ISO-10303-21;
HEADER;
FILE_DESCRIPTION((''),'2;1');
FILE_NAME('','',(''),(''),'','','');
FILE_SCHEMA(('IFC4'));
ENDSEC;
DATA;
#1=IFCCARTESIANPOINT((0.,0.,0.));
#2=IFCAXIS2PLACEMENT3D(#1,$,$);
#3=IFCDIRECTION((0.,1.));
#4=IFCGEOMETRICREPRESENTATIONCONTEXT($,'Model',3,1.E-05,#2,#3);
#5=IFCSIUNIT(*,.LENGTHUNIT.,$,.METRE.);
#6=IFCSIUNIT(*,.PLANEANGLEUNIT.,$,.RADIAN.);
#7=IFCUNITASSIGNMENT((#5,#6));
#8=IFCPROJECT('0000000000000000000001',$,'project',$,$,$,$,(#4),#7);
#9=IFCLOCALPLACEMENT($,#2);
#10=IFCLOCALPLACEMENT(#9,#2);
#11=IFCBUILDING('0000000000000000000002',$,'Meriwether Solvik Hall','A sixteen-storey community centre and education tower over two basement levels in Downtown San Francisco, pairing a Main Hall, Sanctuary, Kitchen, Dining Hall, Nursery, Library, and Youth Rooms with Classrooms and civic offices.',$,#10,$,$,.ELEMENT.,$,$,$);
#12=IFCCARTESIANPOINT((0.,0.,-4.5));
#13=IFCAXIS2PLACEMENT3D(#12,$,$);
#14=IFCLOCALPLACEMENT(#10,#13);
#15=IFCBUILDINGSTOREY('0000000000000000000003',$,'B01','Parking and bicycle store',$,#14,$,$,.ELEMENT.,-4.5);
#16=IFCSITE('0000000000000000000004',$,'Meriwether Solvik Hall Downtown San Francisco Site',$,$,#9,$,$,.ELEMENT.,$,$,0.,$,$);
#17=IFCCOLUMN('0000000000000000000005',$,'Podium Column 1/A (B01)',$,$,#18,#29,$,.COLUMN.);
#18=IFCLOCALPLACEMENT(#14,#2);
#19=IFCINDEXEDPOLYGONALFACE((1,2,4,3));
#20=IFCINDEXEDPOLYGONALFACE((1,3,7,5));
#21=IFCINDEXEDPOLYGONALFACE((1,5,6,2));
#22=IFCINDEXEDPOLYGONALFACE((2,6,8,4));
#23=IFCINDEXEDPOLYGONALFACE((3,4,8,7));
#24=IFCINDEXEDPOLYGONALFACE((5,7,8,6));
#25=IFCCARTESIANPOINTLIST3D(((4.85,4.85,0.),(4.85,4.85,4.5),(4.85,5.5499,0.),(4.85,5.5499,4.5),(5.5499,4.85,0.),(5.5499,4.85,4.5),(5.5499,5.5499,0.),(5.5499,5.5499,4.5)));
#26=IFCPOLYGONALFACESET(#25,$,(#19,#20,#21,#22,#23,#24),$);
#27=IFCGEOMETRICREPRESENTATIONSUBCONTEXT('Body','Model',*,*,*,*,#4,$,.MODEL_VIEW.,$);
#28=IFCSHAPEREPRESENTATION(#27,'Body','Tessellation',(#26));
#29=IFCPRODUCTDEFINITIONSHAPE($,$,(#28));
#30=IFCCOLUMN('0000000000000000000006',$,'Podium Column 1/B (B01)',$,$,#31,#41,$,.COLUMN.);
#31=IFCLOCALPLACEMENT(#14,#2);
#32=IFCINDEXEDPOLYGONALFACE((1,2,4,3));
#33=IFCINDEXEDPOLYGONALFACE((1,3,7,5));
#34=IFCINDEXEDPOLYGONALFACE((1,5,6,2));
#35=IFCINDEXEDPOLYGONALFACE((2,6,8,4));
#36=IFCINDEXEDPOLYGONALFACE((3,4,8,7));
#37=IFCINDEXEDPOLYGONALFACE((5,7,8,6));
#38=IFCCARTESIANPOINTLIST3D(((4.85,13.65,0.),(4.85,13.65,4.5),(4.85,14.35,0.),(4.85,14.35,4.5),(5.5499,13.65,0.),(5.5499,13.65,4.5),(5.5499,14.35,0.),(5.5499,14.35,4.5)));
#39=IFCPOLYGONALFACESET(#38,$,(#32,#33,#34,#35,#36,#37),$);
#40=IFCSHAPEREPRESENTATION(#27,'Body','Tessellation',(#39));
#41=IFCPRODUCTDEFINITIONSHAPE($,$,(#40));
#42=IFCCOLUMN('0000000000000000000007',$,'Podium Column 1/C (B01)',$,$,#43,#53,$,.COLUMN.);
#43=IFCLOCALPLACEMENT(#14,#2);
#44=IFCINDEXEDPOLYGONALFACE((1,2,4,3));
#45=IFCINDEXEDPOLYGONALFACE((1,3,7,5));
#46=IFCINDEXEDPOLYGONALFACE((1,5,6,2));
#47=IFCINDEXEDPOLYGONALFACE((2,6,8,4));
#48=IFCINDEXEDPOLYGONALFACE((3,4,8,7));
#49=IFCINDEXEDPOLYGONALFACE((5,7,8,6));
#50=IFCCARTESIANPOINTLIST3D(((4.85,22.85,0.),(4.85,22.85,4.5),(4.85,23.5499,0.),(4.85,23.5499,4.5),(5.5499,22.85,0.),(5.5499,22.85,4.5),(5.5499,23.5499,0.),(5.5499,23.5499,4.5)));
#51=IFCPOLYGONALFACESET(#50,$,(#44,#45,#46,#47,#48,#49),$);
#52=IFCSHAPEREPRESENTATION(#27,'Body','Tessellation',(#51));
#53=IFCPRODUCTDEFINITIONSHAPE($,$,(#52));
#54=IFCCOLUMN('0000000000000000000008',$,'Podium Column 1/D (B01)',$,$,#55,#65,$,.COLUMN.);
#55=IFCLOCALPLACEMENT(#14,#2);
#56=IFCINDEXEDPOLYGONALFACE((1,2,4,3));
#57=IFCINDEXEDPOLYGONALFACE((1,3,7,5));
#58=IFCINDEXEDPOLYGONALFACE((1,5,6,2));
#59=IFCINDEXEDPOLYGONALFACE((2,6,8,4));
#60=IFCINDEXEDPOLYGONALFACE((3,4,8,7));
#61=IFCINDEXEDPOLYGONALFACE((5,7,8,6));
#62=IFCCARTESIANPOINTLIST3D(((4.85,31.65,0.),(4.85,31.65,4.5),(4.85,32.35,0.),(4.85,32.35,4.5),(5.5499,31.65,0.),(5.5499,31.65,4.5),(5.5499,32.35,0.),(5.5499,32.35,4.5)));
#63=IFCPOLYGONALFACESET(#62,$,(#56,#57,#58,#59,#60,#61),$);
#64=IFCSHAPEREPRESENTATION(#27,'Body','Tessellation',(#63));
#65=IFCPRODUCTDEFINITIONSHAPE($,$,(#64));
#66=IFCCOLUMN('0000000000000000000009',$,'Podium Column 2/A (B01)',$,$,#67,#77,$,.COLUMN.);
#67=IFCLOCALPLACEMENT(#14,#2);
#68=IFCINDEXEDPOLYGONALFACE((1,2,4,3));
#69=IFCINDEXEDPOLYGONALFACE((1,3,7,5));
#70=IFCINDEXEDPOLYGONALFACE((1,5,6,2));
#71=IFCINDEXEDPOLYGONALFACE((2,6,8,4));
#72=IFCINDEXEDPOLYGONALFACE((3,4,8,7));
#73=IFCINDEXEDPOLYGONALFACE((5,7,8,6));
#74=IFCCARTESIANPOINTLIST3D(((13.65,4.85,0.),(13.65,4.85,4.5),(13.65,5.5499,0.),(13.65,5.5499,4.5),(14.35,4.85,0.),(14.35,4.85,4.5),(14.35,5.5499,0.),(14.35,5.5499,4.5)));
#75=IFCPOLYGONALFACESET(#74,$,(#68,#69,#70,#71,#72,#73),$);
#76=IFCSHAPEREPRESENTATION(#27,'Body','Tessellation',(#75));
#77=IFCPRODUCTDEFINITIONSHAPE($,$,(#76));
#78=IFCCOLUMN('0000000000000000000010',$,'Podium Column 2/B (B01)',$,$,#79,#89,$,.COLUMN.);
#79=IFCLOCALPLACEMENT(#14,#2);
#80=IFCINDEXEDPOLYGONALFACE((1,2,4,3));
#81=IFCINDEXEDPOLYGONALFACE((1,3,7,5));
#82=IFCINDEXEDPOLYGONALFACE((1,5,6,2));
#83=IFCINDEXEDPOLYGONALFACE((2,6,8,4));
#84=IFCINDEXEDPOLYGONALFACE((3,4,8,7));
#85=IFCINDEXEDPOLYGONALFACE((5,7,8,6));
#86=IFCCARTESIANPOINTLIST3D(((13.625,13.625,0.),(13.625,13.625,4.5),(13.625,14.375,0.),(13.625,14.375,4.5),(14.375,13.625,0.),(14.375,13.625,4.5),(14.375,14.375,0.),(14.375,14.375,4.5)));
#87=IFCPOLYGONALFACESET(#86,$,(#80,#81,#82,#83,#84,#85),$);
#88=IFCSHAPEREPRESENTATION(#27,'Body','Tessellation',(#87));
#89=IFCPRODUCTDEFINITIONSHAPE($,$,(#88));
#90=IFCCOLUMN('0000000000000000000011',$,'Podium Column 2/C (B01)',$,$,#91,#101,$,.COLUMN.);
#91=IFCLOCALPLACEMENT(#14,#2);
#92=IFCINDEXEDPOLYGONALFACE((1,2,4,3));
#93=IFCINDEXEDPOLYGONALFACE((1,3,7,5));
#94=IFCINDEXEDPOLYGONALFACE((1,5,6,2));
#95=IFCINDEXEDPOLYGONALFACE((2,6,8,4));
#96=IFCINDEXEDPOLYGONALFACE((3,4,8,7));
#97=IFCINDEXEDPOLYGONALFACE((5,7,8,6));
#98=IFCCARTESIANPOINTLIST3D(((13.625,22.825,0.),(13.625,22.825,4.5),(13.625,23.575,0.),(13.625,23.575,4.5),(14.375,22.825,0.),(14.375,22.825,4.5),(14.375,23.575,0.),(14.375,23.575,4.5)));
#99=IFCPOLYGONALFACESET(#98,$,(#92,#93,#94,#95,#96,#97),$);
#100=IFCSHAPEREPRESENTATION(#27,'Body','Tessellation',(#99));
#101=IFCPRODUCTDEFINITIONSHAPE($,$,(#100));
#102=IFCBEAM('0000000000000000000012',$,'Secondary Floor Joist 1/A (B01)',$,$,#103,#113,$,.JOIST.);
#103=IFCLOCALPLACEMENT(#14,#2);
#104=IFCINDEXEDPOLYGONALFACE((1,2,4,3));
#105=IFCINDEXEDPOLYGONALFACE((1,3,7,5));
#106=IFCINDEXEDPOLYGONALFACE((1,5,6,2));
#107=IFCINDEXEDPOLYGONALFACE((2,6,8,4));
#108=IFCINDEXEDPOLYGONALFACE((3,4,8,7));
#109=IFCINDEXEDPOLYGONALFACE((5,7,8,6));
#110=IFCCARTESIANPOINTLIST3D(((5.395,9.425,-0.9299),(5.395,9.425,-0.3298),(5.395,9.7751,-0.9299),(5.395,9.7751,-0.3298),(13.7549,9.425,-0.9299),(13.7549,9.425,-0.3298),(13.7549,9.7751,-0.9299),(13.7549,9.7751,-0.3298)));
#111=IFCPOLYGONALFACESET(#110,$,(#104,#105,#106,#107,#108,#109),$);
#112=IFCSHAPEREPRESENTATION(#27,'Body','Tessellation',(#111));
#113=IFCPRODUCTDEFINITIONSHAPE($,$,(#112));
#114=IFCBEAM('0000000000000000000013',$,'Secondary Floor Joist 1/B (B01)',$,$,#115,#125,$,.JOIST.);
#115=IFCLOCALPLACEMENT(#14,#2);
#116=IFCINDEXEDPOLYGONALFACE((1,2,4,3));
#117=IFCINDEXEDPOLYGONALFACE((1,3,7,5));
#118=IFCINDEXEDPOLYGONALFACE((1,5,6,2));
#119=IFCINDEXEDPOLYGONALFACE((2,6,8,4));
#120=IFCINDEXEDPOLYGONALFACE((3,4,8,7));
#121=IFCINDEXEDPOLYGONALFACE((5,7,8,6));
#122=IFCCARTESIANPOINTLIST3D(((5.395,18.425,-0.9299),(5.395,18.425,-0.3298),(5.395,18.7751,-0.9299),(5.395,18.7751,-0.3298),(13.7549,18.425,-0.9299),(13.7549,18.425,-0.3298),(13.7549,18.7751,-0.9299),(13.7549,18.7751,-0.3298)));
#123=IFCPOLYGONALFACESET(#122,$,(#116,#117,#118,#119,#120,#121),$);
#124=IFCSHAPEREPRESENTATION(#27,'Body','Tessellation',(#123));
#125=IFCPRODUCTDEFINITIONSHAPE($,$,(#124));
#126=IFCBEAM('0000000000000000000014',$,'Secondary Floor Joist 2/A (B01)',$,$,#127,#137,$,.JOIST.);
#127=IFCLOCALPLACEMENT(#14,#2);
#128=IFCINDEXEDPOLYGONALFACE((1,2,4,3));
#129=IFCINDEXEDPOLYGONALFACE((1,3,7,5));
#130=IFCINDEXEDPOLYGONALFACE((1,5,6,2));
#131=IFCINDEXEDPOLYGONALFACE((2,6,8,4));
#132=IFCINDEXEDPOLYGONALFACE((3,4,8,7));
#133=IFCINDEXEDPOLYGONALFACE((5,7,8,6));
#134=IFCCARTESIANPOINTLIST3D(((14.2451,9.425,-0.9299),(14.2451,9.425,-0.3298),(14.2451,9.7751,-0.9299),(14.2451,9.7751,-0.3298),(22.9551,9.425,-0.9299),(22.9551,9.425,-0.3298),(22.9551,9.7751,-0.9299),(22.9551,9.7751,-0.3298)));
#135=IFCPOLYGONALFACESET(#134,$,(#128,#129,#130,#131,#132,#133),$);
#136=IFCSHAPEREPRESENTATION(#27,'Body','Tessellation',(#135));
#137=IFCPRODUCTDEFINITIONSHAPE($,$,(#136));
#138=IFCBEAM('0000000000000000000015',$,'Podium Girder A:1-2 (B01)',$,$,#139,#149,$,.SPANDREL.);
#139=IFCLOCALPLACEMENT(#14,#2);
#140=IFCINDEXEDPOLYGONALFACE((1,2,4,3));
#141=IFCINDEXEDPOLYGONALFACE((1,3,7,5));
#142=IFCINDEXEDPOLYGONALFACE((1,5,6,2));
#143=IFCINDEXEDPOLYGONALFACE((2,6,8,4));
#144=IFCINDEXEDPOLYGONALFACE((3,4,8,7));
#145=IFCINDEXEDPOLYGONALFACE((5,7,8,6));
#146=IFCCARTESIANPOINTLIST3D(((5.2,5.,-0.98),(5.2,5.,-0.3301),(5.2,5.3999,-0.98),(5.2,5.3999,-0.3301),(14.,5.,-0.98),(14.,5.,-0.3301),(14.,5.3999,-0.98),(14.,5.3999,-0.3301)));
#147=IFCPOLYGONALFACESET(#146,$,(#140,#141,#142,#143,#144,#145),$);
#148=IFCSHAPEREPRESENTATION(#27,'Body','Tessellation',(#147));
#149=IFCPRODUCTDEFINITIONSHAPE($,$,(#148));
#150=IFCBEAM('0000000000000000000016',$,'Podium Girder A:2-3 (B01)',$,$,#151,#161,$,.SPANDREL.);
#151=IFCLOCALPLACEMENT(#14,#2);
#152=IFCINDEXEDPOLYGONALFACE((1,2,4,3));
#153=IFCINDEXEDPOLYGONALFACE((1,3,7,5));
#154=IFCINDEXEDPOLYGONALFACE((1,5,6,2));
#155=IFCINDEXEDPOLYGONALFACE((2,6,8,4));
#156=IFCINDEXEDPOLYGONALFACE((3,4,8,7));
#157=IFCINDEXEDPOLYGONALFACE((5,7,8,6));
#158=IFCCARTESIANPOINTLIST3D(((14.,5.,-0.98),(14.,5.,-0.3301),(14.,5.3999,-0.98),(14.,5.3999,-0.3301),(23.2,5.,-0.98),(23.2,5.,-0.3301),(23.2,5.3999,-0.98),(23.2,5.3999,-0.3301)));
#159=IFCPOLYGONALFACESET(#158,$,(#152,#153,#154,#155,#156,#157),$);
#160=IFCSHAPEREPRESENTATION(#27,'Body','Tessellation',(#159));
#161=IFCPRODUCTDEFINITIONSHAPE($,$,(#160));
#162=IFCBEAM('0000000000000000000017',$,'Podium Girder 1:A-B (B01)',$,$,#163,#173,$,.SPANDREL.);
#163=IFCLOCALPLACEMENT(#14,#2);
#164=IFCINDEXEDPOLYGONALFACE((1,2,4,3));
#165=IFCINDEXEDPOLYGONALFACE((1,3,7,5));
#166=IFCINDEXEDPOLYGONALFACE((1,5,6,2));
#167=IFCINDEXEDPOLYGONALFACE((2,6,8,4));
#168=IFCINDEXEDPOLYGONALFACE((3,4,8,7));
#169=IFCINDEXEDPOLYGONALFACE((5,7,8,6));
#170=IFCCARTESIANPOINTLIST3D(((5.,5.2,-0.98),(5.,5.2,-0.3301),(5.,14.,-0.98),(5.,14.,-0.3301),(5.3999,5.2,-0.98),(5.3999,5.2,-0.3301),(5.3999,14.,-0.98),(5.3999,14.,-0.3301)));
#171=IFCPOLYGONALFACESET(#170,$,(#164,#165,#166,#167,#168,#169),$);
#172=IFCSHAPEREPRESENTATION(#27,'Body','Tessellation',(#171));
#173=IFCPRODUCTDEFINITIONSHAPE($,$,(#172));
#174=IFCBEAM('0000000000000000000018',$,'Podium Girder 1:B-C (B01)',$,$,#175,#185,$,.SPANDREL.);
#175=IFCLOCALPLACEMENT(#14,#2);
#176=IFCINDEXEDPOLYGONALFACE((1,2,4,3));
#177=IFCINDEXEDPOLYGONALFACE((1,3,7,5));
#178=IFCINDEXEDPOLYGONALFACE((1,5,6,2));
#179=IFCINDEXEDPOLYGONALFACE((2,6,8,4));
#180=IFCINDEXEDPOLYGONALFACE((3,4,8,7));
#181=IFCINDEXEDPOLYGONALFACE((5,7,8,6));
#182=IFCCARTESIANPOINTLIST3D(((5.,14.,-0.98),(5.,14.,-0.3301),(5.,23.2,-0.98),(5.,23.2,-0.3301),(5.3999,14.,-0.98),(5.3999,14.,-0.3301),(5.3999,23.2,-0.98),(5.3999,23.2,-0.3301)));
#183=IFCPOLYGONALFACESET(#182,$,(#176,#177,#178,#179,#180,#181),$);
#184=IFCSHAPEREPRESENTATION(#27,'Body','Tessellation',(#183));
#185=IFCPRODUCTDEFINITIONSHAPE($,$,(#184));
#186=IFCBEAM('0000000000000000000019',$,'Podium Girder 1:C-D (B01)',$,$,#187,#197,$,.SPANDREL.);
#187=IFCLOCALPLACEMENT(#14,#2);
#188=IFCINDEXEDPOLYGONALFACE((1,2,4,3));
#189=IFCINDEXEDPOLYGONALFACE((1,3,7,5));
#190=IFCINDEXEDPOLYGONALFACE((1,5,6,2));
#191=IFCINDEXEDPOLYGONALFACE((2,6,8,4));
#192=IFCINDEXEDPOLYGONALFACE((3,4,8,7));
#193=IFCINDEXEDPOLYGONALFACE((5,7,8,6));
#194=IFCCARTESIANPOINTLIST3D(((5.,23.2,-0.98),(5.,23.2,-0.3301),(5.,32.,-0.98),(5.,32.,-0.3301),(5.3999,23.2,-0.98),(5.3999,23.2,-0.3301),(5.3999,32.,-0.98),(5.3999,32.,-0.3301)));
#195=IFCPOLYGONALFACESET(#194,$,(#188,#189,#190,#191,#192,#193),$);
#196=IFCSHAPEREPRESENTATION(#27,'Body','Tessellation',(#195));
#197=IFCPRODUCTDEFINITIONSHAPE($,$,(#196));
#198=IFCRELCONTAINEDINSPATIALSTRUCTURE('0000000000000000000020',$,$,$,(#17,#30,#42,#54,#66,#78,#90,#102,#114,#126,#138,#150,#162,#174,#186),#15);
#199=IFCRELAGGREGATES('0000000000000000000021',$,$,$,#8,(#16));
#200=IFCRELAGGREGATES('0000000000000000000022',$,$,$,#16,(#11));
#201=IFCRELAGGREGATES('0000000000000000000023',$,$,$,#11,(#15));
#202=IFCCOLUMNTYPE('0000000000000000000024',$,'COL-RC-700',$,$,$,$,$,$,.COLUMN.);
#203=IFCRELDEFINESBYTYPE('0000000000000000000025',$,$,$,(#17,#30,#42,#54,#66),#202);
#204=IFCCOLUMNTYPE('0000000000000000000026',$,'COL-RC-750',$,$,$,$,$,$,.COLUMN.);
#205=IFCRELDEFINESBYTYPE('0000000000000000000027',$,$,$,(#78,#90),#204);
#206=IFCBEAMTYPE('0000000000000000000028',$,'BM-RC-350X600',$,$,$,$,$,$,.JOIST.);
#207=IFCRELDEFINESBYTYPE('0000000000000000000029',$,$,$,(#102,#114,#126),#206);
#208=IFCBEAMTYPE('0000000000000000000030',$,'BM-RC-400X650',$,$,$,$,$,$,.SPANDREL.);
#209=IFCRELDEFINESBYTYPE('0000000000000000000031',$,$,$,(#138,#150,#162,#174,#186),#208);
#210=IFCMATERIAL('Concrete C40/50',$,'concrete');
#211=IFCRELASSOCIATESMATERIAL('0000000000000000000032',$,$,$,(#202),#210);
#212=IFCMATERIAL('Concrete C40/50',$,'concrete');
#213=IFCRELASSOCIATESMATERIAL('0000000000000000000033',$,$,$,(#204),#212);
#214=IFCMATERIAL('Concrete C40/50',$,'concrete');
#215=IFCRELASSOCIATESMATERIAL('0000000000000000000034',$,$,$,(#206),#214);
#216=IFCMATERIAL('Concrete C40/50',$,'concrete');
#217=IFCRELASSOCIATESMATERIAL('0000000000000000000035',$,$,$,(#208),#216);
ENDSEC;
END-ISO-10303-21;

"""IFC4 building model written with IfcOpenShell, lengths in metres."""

from ifc_helpers import new_model, si_unit, direction, frame, origin, origin_2d, place, context, subcontext, project, spatial, rectangle, extrude, material, material_profile, profile_set, type_object, element, save


model = new_model("IFC4")

# Units and contexts
model_context = context("Model", 3, precision=1e-05, world=origin(), true_north=direction((0.0, 1.0)))
body_context = subcontext(model_context, "Body", "Model", "MODEL_VIEW")
ifc_project = project(units=[si_unit("LENGTHUNIT", "METRE"), si_unit("PLANEANGLEUNIT", "RADIAN")], contexts=[model_context])

# Site, building, storey
site_placement = place(None, origin())
site = spatial("IfcSite", under=ifc_project, at=site_placement, Name="Meriwether Solvik Hall Downtown San Francisco Site", CompositionType="ELEMENT", RefElevation=0.0)
building_placement = place(site_placement, origin())
building = spatial("IfcBuilding", under=site, at=building_placement, Name="Meriwether Solvik Hall", Description="A sixteen-storey community centre and education tower over two basement levels in Downtown San Francisco, pairing a Main Hall, Sanctuary, Kitchen, Dining Hall, Nursery, Library, and Youth Rooms with Classrooms and civic offices.", CompositionType="ELEMENT")
storey_placement = place(building_placement, frame((0.0, 0.0, -4.5)))
storey = spatial("IfcBuildingStorey", under=building, at=storey_placement, Name="B01", Description="Parking and bicycle store", CompositionType="ELEMENT", Elevation=-4.5)

# Columns
ifc_material_1 = material(Name="Concrete C40/50", Category="concrete")
ifc_material_profile_1 = material_profile(ifc_material_1, rectangle(XDim=0.7, YDim=0.7, at=origin_2d()), Name="RCC-700X700")
ifc_profile_set_1 = profile_set([ifc_material_profile_1], Name="Concrete C40/50")
column_type_1 = type_object("IfcColumnType", Name="COL-RC-700", PredefinedType="COLUMN", material=ifc_profile_set_1)
for number, where, z_axis, x_axis, name in (
    (1, (5.2, 5.2, 0.0), (0.0, 0.0, 1.0), (1.0, 0.0, 0.0), "Podium Column 1/A (B01)"),
    (2, (5.2, 14.0, 0.0), (0.0, 0.0, 1.0), (1.0, 0.0, 0.0), "Podium Column 1/B (B01)"),
    (3, (5.2, 23.2, 0.0), (0.0, 0.0, 1.0), (1.0, 0.0, 0.0), "Podium Column 1/C (B01)"),
    (4, (5.2, 32.0, 0.0), (0.0, 0.0, 1.0), (1.0, 0.0, 0.0), "Podium Column 1/D (B01)"),
    (5, (14.0, 5.2, 0.0), (0.0, 0.0, 1.0), (1.0, 0.0, 0.0), "Podium Column 2/A (B01)"),
):
    element("IfcColumn", number, at=place(storey_placement, frame(where, z_axis=z_axis, x_axis=x_axis)), inside=storey, type_object=column_type_1, Name=name, PredefinedType="COLUMN", context=body_context, shape_type="SweptSolid", body=[
        extrude(rectangle(XDim=0.7, YDim=0.7, at=origin_2d()), origin(), (0.0, 0.0, 1.0), 4.5),
    ])
ifc_material_2 = material(Name="Concrete C40/50", Category="concrete")
ifc_material_profile_2 = material_profile(ifc_material_2, rectangle(XDim=0.75, YDim=0.75, at=origin_2d()), Name="RCC-750X750")
ifc_profile_set_2 = profile_set([ifc_material_profile_2], Name="Concrete C40/50")
column_type_2 = type_object("IfcColumnType", Name="COL-RC-750", PredefinedType="COLUMN", material=ifc_profile_set_2)
for number, where, z_axis, x_axis, name in (
    (6, (14.0, 14.0, 0.0), (0.0, 0.0, 1.0), (1.0, 0.0, 0.0), "Podium Column 2/B (B01)"),
    (7, (14.0, 23.2, 0.0), (0.0, 0.0, 1.0), (1.0, 0.0, 0.0), "Podium Column 2/C (B01)"),
):
    element("IfcColumn", number, at=place(storey_placement, frame(where, z_axis=z_axis, x_axis=x_axis)), inside=storey, type_object=column_type_2, Name=name, PredefinedType="COLUMN", context=body_context, shape_type="SweptSolid", body=[
        extrude(rectangle(XDim=0.75, YDim=0.75, at=origin_2d()), origin(), (0.0, 0.0, 1.0), 4.5),
    ])

# Beams
ifc_material_3 = material(Name="Concrete C40/50", Category="concrete")
ifc_material_profile_3 = material_profile(ifc_material_3, rectangle(XDim=0.3501, YDim=0.6001, at=origin_2d()), Name="RCB-350X600")
ifc_profile_set_3 = profile_set([ifc_material_profile_3], Name="Concrete C40/50")
beam_type_1 = type_object("IfcBeamType", Name="BM-RC-350X600", PredefinedType="JOIST", material=ifc_profile_set_3)
for number, where, z_axis, x_axis, name in (
    (8, (5.395, 9.6001, -0.6299), (1.0, 0.0, 0.0), (0.0, 1.0, 0.0), "Secondary Floor Joist 1/A (B01)"),
    (9, (5.395, 18.6001, -0.6299), (1.0, 0.0, 0.0), (0.0, 1.0, 0.0), "Secondary Floor Joist 1/B (B01)"),
):
    element("IfcBeam", number, at=place(storey_placement, frame(where, z_axis=z_axis, x_axis=x_axis)), inside=storey, type_object=beam_type_1, Name=name, PredefinedType="JOIST", context=body_context, shape_type="SweptSolid", body=[
        extrude(rectangle(XDim=0.3501, YDim=0.6001, at=origin_2d()), origin(), (0.0, 0.0, 1.0), 8.3599),
    ])
beam_1_placement = place(storey_placement, frame((14.2451, 9.6001, -0.6299), z_axis=(1.0, 0.0, 0.0), x_axis=(0.0, 1.0, 0.0)))
element("IfcBeam", 10, at=beam_1_placement, inside=storey, type_object=beam_type_1, Name="Secondary Floor Joist 2/A (B01)", PredefinedType="JOIST", context=body_context, shape_type="SweptSolid", body=[
    extrude(rectangle(XDim=0.3501, YDim=0.6001, at=origin_2d()), origin(), (0.0, 0.0, 1.0), 8.71),
])
ifc_material_4 = material(Name="Concrete C40/50", Category="concrete")
ifc_material_profile_4 = material_profile(ifc_material_4, rectangle(XDim=0.3999, YDim=0.6499, at=origin_2d()), Name="RCB-400X650")
ifc_profile_set_4 = profile_set([ifc_material_profile_4], Name="Concrete C40/50")
beam_type_2 = type_object("IfcBeamType", Name="BM-RC-400X650", PredefinedType="SPANDREL", material=ifc_profile_set_4)
beam_2_placement = place(storey_placement, frame((5.2, 5.2, -0.655), z_axis=(1.0, 0.0, 0.0), x_axis=(0.0, 1.0, 0.0)))
element("IfcBeam", 11, at=beam_2_placement, inside=storey, type_object=beam_type_2, Name="Podium Girder A:1-2 (B01)", PredefinedType="SPANDREL", context=body_context, shape_type="SweptSolid", body=[
    extrude(rectangle(XDim=0.3999, YDim=0.6499, at=origin_2d()), origin(), (0.0, 0.0, 1.0), 8.8),
])
beam_3_placement = place(storey_placement, frame((14.0, 5.2, -0.655), z_axis=(1.0, 0.0, 0.0), x_axis=(0.0, 1.0, 0.0)))
element("IfcBeam", 12, at=beam_3_placement, inside=storey, type_object=beam_type_2, Name="Podium Girder A:2-3 (B01)", PredefinedType="SPANDREL", context=body_context, shape_type="SweptSolid", body=[
    extrude(rectangle(XDim=0.3999, YDim=0.6499, at=origin_2d()), origin(), (0.0, 0.0, 1.0), 9.2),
])
beam_4_placement = place(storey_placement, frame((5.2, 5.2, -0.655), z_axis=(0.0, 1.0, 0.0), x_axis=(-1.0, 0.0, 0.0)))
element("IfcBeam", 13, at=beam_4_placement, inside=storey, type_object=beam_type_2, Name="Podium Girder 1:A-B (B01)", PredefinedType="SPANDREL", context=body_context, shape_type="SweptSolid", body=[
    extrude(rectangle(XDim=0.3999, YDim=0.6499, at=origin_2d()), origin(), (0.0, 0.0, 1.0), 8.8),
])
beam_5_placement = place(storey_placement, frame((5.2, 14.0, -0.655), z_axis=(0.0, 1.0, 0.0), x_axis=(-1.0, 0.0, 0.0)))
element("IfcBeam", 14, at=beam_5_placement, inside=storey, type_object=beam_type_2, Name="Podium Girder 1:B-C (B01)", PredefinedType="SPANDREL", context=body_context, shape_type="SweptSolid", body=[
    extrude(rectangle(XDim=0.3999, YDim=0.6499, at=origin_2d()), origin(), (0.0, 0.0, 1.0), 9.2),
])
beam_6_placement = place(storey_placement, frame((5.2, 23.2, -0.655), z_axis=(0.0, 1.0, 0.0), x_axis=(-1.0, 0.0, 0.0)))
element("IfcBeam", 15, at=beam_6_placement, inside=storey, type_object=beam_type_2, Name="Podium Girder 1:C-D (B01)", PredefinedType="SPANDREL", context=body_context, shape_type="SweptSolid", body=[
    extrude(rectangle(XDim=0.3999, YDim=0.6499, at=origin_2d()), origin(), (0.0, 0.0, 1.0), 8.8),
])

save(model, "model.ifc")
